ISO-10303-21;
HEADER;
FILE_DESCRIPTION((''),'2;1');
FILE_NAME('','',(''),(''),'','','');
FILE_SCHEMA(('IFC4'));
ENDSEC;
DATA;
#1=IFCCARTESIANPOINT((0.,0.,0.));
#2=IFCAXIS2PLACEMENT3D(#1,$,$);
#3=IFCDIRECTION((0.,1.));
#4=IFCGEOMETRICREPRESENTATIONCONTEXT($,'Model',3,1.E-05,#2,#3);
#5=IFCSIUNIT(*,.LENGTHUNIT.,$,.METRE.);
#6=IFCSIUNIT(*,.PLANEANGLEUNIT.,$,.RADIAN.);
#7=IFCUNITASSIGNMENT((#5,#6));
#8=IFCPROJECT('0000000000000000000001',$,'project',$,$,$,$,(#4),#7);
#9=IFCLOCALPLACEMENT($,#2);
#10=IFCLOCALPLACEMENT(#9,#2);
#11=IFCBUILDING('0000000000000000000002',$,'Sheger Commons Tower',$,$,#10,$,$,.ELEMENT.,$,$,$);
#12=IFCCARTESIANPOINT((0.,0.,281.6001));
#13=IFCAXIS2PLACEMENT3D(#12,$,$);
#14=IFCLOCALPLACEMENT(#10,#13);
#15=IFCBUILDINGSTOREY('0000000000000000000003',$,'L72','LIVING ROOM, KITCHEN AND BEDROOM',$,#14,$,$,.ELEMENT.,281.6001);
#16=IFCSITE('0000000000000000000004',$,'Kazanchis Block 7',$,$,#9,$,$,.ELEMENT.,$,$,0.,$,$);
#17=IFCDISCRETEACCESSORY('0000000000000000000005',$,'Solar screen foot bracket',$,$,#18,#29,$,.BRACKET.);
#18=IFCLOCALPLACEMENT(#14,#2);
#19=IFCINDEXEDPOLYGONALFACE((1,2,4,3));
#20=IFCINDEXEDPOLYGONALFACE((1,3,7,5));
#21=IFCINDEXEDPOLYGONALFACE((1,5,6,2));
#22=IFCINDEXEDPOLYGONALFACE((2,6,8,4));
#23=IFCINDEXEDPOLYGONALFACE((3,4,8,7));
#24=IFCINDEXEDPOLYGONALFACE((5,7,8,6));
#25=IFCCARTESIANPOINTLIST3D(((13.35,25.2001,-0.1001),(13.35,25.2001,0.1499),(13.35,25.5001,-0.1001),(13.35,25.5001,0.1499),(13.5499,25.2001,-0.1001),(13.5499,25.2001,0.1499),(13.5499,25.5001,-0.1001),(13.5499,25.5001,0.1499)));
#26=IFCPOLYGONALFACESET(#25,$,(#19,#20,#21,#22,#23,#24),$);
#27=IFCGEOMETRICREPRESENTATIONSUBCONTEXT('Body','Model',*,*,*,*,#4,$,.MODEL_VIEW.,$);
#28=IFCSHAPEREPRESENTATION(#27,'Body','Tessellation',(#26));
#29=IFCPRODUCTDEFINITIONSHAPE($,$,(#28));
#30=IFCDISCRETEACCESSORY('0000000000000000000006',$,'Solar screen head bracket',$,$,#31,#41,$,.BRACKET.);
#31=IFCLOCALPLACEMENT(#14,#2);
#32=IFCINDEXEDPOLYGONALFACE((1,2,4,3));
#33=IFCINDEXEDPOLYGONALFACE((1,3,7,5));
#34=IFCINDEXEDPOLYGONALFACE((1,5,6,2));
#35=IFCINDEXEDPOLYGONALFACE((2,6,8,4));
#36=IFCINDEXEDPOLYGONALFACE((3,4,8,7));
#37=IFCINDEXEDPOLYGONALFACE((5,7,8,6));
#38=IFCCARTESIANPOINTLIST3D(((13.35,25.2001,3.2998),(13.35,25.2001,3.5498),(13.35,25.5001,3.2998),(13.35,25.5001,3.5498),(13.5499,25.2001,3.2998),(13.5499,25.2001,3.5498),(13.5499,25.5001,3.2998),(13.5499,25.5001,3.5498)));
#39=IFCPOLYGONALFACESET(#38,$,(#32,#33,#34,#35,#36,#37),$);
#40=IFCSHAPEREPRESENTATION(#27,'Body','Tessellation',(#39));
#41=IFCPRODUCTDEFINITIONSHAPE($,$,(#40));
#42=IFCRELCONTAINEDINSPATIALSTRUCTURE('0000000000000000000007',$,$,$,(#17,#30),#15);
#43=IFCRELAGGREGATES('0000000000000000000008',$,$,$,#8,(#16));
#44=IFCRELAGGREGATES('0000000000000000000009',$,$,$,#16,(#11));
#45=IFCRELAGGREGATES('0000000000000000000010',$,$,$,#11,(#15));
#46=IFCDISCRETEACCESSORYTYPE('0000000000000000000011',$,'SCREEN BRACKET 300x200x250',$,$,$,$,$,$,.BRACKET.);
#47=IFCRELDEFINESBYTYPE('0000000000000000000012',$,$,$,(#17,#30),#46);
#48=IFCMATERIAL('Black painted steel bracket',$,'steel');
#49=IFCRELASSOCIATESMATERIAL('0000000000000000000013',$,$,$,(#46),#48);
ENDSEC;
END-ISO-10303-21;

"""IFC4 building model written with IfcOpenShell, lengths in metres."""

from ifc_helpers import new_model, si_unit, direction, frame, origin, origin_2d, place, context, subcontext, project, spatial, rectangle, extrude, material, type_object, element, save


model = new_model("IFC4")

# Units and contexts
model_context = context("Model", 3, precision=1e-05, world=origin(), true_north=direction((0.0, 1.0)))
body_context = subcontext(model_context, "Body", "Model", "MODEL_VIEW")
ifc_project = project(units=[si_unit("LENGTHUNIT", "METRE"), si_unit("PLANEANGLEUNIT", "RADIAN")], contexts=[model_context])

# Site, building, storey
site_placement = place(None, origin())
site = spatial("IfcSite", under=ifc_project, at=site_placement, Name="Kazanchis Block 7", CompositionType="ELEMENT", RefElevation=0.0)
building_placement = place(site_placement, origin())
building = spatial("IfcBuilding", under=site, at=building_placement, Name="Sheger Commons Tower", CompositionType="ELEMENT")
storey_placement = place(building_placement, frame((0.0, 0.0, 281.6001)))
storey = spatial("IfcBuildingStorey", under=building, at=storey_placement, Name="L72", Description="LIVING ROOM, KITCHEN AND BEDROOM", CompositionType="ELEMENT", Elevation=281.6001)

# Discrete accessories
ifc_material_1 = material(Name="Black painted steel bracket", Category="steel")
discrete_accessory_type = type_object("IfcDiscreteAccessoryType", Name="SCREEN BRACKET 300x200x250", PredefinedType="BRACKET", material=ifc_material_1)
for number, where, z_axis, x_axis, name in (
    (1, (13.45, 25.3501, -0.1001), (0.0, 0.0, 1.0), (0.0, -1.0, 0.0), "Solar screen foot bracket"),
    (2, (13.45, 25.3501, 3.2998), (0.0, 0.0, 1.0), (0.0, -1.0, 0.0), "Solar screen head bracket"),
):
    element("IfcDiscreteAccessory", number, at=place(storey_placement, frame(where, z_axis=z_axis, x_axis=x_axis)), inside=storey, type_object=discrete_accessory_type, Name=name, PredefinedType="BRACKET", context=body_context, shape_type="SweptSolid", body=[
        extrude(rectangle(XDim=0.3, YDim=0.2, at=origin_2d()), origin(), (0.0, 0.0, 1.0), 0.25),
    ])

save(model, "model.ifc")
